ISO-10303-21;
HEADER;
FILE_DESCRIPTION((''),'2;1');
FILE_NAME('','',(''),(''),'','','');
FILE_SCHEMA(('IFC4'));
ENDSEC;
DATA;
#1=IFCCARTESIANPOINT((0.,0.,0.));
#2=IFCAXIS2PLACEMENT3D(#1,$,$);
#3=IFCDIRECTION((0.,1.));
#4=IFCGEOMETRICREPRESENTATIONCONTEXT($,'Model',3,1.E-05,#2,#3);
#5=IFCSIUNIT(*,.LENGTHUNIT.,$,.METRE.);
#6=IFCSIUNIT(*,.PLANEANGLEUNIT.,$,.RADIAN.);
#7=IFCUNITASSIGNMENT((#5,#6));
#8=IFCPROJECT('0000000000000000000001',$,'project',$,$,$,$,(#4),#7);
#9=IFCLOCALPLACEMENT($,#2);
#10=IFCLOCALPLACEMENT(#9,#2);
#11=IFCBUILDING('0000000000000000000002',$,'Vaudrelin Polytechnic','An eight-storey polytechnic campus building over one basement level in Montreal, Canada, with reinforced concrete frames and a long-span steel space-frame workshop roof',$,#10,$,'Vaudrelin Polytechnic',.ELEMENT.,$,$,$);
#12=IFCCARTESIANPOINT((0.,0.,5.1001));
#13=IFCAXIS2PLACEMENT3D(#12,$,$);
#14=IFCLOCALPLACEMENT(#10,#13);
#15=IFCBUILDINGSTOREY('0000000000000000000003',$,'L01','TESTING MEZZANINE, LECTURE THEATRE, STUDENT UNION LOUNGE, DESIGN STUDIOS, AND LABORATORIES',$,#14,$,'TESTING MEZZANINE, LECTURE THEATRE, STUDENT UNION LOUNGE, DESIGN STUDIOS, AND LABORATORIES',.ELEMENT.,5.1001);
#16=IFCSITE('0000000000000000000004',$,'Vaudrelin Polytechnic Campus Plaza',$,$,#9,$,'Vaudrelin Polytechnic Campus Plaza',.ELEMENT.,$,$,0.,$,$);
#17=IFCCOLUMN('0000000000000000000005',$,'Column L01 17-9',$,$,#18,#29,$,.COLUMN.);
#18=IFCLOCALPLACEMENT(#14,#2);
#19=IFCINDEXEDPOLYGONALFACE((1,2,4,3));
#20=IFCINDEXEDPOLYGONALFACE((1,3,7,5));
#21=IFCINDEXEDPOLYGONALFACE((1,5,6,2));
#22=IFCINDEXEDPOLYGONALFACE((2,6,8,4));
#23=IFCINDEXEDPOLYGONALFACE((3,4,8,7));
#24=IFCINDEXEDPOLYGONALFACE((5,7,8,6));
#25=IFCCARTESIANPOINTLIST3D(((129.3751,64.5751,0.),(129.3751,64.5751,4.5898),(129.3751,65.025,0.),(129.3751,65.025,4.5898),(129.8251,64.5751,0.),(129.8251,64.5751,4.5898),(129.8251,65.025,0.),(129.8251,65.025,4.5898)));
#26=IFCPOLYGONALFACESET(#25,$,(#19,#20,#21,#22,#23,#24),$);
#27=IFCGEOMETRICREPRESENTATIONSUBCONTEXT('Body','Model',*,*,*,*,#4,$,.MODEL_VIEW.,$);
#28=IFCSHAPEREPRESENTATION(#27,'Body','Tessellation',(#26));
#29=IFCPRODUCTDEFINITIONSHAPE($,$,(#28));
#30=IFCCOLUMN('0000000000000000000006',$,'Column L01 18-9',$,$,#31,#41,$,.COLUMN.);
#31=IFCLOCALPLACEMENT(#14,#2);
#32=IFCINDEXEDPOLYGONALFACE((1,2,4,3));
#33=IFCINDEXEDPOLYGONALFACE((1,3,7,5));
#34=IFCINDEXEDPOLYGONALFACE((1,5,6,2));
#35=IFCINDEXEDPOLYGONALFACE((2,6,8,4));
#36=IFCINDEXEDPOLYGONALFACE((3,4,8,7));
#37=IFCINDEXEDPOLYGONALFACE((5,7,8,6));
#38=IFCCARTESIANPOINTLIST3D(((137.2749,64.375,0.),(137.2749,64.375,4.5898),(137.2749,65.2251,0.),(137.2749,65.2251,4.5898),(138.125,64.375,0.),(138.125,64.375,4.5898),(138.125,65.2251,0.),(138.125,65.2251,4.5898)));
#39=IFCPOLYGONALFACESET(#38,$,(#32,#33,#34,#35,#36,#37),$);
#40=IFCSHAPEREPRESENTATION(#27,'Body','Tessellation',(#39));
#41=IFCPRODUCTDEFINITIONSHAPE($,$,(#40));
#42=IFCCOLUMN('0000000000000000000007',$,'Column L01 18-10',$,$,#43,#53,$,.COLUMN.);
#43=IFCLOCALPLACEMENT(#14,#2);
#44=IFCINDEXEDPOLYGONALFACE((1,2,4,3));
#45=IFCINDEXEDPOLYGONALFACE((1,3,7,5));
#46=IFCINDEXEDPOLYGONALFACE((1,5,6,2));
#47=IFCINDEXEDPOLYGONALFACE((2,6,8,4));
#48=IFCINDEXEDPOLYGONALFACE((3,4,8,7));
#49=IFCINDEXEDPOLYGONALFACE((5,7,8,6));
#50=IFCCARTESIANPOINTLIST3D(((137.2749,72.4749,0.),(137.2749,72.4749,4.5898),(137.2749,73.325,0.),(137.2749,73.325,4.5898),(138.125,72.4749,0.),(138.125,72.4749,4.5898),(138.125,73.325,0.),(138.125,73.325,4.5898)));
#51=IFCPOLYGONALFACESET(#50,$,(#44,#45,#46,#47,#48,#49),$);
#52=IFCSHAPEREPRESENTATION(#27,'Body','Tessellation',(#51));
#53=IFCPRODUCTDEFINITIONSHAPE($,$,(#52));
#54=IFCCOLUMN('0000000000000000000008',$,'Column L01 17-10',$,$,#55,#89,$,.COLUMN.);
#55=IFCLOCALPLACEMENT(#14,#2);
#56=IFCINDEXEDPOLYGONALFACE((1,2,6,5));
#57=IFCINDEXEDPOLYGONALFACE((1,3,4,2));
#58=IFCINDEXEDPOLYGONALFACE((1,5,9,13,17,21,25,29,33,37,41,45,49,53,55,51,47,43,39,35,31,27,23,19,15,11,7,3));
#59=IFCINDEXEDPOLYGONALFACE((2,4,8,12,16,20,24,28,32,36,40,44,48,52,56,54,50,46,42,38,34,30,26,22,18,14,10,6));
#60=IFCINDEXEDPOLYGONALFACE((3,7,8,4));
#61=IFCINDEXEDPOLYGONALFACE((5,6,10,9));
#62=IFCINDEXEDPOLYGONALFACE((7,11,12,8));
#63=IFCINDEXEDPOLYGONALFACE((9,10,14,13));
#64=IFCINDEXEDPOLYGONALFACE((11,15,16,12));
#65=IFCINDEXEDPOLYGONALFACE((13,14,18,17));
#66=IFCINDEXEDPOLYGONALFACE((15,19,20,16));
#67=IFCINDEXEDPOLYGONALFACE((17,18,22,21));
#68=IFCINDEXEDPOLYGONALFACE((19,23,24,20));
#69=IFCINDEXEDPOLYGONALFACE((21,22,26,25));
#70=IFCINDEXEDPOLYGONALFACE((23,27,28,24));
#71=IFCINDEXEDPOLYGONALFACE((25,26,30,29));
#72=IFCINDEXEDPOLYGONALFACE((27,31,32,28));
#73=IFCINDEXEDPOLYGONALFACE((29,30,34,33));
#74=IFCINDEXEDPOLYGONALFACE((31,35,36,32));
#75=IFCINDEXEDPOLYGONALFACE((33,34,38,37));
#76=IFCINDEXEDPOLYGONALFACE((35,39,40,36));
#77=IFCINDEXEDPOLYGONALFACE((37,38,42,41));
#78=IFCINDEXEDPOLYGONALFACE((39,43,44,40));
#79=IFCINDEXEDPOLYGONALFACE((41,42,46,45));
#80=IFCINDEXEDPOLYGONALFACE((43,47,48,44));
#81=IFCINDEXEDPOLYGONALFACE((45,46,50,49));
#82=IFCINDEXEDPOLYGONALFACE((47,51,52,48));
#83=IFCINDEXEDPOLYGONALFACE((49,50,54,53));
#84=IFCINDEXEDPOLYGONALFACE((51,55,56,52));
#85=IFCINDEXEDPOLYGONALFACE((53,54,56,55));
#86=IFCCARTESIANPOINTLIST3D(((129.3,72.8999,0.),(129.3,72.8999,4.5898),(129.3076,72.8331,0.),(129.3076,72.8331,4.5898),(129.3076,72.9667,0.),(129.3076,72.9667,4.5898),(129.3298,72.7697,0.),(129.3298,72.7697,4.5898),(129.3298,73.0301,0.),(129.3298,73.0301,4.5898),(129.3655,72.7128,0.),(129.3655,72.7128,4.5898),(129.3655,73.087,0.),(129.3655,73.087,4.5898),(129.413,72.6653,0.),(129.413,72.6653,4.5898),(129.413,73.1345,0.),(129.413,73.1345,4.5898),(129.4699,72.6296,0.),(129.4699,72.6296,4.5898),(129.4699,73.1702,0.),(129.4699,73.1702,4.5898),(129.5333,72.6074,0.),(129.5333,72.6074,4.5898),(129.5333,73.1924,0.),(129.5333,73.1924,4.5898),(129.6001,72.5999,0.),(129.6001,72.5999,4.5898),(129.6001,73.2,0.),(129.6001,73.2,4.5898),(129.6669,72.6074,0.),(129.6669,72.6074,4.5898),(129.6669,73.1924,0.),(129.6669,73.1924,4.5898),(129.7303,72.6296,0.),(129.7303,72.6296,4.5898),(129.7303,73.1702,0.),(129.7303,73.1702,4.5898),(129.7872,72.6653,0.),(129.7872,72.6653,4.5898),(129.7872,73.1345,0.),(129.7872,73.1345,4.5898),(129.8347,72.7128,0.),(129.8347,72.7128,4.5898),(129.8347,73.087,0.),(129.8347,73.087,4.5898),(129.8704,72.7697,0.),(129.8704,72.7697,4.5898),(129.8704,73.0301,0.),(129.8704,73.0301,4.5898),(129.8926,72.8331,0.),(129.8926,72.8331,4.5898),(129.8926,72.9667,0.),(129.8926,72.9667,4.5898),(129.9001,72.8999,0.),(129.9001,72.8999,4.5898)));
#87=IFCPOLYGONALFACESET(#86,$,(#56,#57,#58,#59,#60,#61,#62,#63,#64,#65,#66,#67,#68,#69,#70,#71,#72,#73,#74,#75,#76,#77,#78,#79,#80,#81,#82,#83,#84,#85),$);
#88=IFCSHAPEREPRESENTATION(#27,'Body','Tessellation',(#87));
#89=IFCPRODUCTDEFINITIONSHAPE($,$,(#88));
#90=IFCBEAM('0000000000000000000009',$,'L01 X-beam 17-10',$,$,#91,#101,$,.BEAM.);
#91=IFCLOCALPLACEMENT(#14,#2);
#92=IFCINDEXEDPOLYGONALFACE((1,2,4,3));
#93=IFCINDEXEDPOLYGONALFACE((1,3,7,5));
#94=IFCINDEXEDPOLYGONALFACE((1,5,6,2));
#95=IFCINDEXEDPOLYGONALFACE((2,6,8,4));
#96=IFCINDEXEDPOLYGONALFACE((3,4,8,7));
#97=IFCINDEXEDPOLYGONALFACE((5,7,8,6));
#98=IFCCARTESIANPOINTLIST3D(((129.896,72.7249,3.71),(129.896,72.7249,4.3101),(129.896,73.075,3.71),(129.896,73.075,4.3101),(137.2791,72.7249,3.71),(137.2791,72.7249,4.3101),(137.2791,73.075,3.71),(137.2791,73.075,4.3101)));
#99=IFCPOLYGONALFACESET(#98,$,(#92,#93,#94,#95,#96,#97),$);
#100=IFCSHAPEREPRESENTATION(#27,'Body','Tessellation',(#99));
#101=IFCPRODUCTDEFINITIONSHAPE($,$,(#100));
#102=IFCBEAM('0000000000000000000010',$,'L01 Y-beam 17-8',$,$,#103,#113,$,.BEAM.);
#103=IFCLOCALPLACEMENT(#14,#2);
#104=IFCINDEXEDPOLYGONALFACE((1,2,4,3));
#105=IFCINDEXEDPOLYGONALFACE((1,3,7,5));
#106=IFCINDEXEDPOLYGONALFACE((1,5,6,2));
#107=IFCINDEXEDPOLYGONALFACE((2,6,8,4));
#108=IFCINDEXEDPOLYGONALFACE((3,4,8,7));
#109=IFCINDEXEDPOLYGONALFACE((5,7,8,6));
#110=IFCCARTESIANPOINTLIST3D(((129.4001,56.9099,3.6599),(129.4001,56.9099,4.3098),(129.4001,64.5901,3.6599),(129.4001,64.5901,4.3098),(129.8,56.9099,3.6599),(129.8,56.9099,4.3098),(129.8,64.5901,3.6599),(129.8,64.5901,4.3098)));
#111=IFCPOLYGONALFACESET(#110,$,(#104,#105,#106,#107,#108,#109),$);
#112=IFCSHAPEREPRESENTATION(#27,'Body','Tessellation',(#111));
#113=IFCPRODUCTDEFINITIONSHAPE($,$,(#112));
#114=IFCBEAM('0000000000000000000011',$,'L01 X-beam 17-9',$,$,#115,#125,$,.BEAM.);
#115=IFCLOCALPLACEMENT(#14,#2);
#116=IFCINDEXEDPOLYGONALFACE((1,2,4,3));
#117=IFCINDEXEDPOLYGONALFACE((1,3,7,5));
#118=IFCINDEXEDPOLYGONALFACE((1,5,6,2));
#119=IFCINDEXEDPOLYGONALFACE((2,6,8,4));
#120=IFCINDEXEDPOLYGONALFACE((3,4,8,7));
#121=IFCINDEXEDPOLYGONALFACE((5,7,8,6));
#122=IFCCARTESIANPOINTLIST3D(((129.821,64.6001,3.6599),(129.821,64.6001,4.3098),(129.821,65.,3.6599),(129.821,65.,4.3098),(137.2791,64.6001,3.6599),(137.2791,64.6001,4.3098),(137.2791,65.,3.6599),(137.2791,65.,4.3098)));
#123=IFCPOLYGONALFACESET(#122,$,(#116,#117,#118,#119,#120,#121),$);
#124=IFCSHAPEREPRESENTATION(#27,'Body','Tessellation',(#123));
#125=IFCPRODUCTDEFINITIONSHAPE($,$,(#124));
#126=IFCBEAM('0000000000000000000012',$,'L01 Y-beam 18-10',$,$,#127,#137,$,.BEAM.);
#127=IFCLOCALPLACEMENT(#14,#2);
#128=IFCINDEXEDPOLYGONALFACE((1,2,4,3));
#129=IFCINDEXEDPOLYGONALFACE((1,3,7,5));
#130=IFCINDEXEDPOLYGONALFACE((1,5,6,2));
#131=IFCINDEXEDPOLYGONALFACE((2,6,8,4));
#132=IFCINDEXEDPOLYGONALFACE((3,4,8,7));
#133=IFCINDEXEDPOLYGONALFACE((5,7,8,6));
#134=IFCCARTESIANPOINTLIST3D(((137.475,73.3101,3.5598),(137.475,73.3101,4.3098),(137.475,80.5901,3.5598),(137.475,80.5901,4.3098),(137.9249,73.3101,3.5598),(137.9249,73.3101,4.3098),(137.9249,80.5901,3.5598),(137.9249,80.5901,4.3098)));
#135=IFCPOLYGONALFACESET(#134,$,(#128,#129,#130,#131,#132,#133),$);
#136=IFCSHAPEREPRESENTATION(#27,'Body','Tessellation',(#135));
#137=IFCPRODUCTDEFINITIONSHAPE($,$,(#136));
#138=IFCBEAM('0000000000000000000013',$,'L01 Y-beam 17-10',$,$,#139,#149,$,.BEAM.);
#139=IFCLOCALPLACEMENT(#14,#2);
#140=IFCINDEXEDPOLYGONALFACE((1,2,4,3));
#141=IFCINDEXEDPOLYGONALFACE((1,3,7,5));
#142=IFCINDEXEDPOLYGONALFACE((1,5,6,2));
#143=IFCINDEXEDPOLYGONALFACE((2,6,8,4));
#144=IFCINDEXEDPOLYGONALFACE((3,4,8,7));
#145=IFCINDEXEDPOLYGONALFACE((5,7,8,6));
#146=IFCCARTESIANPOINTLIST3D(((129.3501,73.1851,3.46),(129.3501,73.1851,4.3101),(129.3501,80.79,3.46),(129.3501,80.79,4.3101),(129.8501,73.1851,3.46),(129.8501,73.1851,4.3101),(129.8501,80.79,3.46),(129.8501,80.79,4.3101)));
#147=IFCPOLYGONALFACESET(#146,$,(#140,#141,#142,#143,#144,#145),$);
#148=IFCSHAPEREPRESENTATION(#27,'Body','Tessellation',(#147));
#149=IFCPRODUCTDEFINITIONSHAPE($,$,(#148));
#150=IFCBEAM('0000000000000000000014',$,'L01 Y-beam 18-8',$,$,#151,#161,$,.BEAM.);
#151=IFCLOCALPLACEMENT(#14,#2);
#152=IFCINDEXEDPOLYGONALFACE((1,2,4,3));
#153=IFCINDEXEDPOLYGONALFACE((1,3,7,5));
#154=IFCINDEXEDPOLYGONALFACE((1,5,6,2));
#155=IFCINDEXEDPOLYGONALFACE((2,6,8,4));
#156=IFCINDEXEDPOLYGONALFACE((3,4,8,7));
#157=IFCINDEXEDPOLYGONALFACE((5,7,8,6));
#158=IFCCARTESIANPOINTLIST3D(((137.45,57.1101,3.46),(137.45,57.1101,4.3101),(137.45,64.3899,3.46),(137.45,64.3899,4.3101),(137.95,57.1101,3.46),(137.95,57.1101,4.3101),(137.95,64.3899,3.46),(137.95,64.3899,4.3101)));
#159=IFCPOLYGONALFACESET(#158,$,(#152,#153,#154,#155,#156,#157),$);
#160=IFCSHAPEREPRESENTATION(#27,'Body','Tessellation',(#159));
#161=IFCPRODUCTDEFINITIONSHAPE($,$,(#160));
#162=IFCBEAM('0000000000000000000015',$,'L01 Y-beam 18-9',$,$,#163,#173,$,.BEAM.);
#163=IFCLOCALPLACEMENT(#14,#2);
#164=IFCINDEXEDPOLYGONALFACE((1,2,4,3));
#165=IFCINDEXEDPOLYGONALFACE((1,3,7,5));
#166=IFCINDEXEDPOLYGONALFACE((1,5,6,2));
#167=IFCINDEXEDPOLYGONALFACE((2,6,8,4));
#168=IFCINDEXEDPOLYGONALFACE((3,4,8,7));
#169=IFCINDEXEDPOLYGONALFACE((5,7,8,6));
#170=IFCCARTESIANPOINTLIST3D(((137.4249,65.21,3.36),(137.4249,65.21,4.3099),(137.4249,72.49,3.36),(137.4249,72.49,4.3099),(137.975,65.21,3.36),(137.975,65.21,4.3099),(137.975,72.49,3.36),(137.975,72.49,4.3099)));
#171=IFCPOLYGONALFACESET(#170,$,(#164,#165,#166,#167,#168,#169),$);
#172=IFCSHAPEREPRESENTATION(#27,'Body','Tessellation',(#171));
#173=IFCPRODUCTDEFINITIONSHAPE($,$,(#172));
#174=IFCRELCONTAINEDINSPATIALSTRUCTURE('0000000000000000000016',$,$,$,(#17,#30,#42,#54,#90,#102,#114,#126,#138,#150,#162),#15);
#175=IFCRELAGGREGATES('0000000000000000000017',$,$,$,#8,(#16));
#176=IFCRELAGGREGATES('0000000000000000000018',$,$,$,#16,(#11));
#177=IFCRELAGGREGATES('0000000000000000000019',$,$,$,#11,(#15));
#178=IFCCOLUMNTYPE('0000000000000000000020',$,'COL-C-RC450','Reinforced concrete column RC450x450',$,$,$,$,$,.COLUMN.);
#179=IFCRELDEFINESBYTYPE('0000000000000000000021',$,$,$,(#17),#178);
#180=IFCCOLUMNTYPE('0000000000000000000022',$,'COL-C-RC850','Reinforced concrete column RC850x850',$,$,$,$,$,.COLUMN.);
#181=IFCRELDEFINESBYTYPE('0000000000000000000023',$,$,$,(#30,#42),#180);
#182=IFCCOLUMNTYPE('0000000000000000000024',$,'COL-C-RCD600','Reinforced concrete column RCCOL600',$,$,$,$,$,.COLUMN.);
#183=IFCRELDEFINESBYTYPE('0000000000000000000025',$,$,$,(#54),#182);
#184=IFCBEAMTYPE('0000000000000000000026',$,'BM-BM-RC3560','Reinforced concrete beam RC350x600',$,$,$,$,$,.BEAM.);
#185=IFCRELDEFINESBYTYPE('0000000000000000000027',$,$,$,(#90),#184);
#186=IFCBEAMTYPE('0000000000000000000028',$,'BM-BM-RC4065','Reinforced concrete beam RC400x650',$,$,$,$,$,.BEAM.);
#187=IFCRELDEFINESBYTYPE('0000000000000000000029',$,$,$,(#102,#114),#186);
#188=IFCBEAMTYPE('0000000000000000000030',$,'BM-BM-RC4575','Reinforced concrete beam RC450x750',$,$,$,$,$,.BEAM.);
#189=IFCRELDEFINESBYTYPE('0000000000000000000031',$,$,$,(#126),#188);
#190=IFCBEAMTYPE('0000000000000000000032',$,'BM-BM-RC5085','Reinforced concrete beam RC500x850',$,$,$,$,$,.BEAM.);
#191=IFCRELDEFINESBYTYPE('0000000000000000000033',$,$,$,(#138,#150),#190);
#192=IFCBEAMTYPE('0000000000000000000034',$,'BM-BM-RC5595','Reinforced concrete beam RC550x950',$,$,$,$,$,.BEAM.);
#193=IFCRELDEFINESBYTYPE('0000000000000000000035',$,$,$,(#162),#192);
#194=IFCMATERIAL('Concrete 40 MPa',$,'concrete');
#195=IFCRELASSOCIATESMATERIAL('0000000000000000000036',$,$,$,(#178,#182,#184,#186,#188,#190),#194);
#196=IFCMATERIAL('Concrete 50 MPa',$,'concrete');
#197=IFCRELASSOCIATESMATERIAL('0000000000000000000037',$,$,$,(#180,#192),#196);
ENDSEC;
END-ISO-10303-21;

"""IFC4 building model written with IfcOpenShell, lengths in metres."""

from ifc_helpers import new_model, si_unit, direction, frame, origin, origin_2d, place, context, subcontext, project, spatial, rectangle, circle, extrude, material, material_profile, profile_set, type_object, element, save


model = new_model("IFC4")

# Units and contexts
model_context = context("Model", 3, precision=1e-05, world=origin(), true_north=direction((0.0, 1.0)))
body_context = subcontext(model_context, "Body", "Model", "MODEL_VIEW")
ifc_project = project(units=[si_unit("LENGTHUNIT", "METRE"), si_unit("PLANEANGLEUNIT", "RADIAN")], contexts=[model_context])

# Site, building, storey
site_placement = place(None, origin())
site = spatial("IfcSite", under=ifc_project, at=site_placement, Name="Vaudrelin Polytechnic Campus Plaza", LongName="Vaudrelin Polytechnic Campus Plaza", CompositionType="ELEMENT", RefElevation=0.0)
building_placement = place(site_placement, origin())
building = spatial("IfcBuilding", under=site, at=building_placement, Name="Vaudrelin Polytechnic", Description="An eight-storey polytechnic campus building over one basement level in Montreal, Canada, with reinforced concrete frames and a long-span steel space-frame workshop roof", LongName="Vaudrelin Polytechnic", CompositionType="ELEMENT")
storey_placement = place(building_placement, frame((0.0, 0.0, 5.1001)))
storey = spatial("IfcBuildingStorey", under=building, at=storey_placement, Name="L01", Description="TESTING MEZZANINE, LECTURE THEATRE, STUDENT UNION LOUNGE, DESIGN STUDIOS, AND LABORATORIES", LongName="TESTING MEZZANINE, LECTURE THEATRE, STUDENT UNION LOUNGE, DESIGN STUDIOS, AND LABORATORIES", CompositionType="ELEMENT", Elevation=5.1001)

# Columns
ifc_material_1 = material(Name="Concrete 40 MPa", Category="concrete")
ifc_material_profile_1 = material_profile(ifc_material_1, rectangle(XDim=0.45, YDim=0.45, at=origin_2d()), Name="RC450x450")
ifc_profile_set_1 = profile_set([ifc_material_profile_1], Name="Concrete 40 MPa")
column_type_1 = type_object("IfcColumnType", Name="COL-C-RC450", Description="Reinforced concrete column RC450x450", PredefinedType="COLUMN", material=ifc_profile_set_1)
column_1_placement = place(storey_placement, frame((129.6001, 64.8, 0.0), z_axis=(0.0, 0.0, 1.0), x_axis=(1.0, 0.0, 0.0)))
element("IfcColumn", 1, at=column_1_placement, inside=storey, type_object=column_type_1, Name="Column L01 17-9", PredefinedType="COLUMN", context=body_context, shape_type="SweptSolid", body=[
    extrude(rectangle(XDim=0.45, YDim=0.45, at=origin_2d()), origin(), (0.0, 0.0, 1.0), 4.5898),
])
ifc_material_2 = material(Name="Concrete 50 MPa", Category="concrete")
ifc_material_profile_2 = material_profile(ifc_material_2, rectangle(XDim=0.8501, YDim=0.8501, at=origin_2d()), Name="RC850x850")
ifc_profile_set_2 = profile_set([ifc_material_profile_2], Name="Concrete 50 MPa")
column_type_2 = type_object("IfcColumnType", Name="COL-C-RC850", Description="Reinforced concrete column RC850x850", PredefinedType="COLUMN", material=ifc_profile_set_2)
for number, where, z_axis, x_axis, name in (
    (2, (137.7, 64.8, 0.0), (0.0, 0.0, 1.0), (1.0, 0.0, 0.0), "Column L01 18-9"),
    (3, (137.7, 72.8999, 0.0), (0.0, 0.0, 1.0), (1.0, 0.0, 0.0), "Column L01 18-10"),
):
    element("IfcColumn", number, at=place(storey_placement, frame(where, z_axis=z_axis, x_axis=x_axis)), inside=storey, type_object=column_type_2, Name=name, PredefinedType="COLUMN", context=body_context, shape_type="SweptSolid", body=[
        extrude(rectangle(XDim=0.8501, YDim=0.8501, at=origin_2d()), origin(), (0.0, 0.0, 1.0), 4.5898),
    ])
ifc_material_profile_3 = material_profile(ifc_material_1, circle(Radius=0.3, at=origin_2d()), Name="RCCOL600")
ifc_profile_set_3 = profile_set([ifc_material_profile_3], Name="Concrete 40 MPa")
column_type_3 = type_object("IfcColumnType", Name="COL-C-RCD600", Description="Reinforced concrete column RCCOL600", PredefinedType="COLUMN", material=ifc_profile_set_3)
column_2_placement = place(storey_placement, frame((129.6001, 72.8999, 0.0), z_axis=(0.0, 0.0, 1.0), x_axis=(1.0, 0.0, 0.0)))
element("IfcColumn", 4, at=column_2_placement, inside=storey, type_object=column_type_3, Name="Column L01 17-10", PredefinedType="COLUMN", context=body_context, shape_type="SweptSolid", body=[
    extrude(circle(Radius=0.3, at=origin_2d()), origin(), (0.0, 0.0, 1.0), 4.5898),
])

# Beams
ifc_material_profile_4 = material_profile(ifc_material_1, rectangle(XDim=0.3501, YDim=0.6001, at=origin_2d()), Name="RC350x600")
ifc_profile_set_4 = profile_set([ifc_material_profile_4], Name="Concrete 40 MPa")
beam_type_1 = type_object("IfcBeamType", Name="BM-BM-RC3560", Description="Reinforced concrete beam RC350x600", PredefinedType="BEAM", material=ifc_profile_set_4)
beam_1_placement = place(storey_placement, frame((129.896, 72.8999, 4.01), z_axis=(1.0, 0.0, 0.0), x_axis=(0.0, 1.0, 0.0)))
element("IfcBeam", 5, at=beam_1_placement, inside=storey, type_object=beam_type_1, Name="L01 X-beam 17-10", PredefinedType="BEAM", context=body_context, shape_type="SweptSolid", body=[
    extrude(rectangle(XDim=0.3501, YDim=0.6001, at=origin_2d()), origin(), (0.0, 0.0, 1.0), 7.3831),
])
ifc_material_profile_5 = material_profile(ifc_material_1, rectangle(XDim=0.3999, YDim=0.6499, at=origin_2d()), Name="RC400x650")
ifc_profile_set_5 = profile_set([ifc_material_profile_5], Name="Concrete 40 MPa")
beam_type_2 = type_object("IfcBeamType", Name="BM-BM-RC4065", Description="Reinforced concrete beam RC400x650", PredefinedType="BEAM", material=ifc_profile_set_5)
beam_2_placement = place(storey_placement, frame((129.6001, 56.9099, 3.9849), z_axis=(0.0, 1.0, 0.0), x_axis=(-1.0, 0.0, 0.0)))
element("IfcBeam", 6, at=beam_2_placement, inside=storey, type_object=beam_type_2, Name="L01 Y-beam 17-8", PredefinedType="BEAM", context=body_context, shape_type="SweptSolid", body=[
    extrude(rectangle(XDim=0.3999, YDim=0.6499, at=origin_2d()), origin(), (0.0, 0.0, 1.0), 7.6802),
])
beam_3_placement = place(storey_placement, frame((129.821, 64.8, 3.9849), z_axis=(1.0, 0.0, 0.0), x_axis=(0.0, 1.0, 0.0)))
element("IfcBeam", 7, at=beam_3_placement, inside=storey, type_object=beam_type_2, Name="L01 X-beam 17-9", PredefinedType="BEAM", context=body_context, shape_type="SweptSolid", body=[
    extrude(rectangle(XDim=0.3999, YDim=0.6499, at=origin_2d()), origin(), (0.0, 0.0, 1.0), 7.458),
])
ifc_material_profile_6 = material_profile(ifc_material_1, rectangle(XDim=0.45, YDim=0.75, at=origin_2d()), Name="RC450x750")
ifc_profile_set_6 = profile_set([ifc_material_profile_6], Name="Concrete 40 MPa")
beam_type_3 = type_object("IfcBeamType", Name="BM-BM-RC4575", Description="Reinforced concrete beam RC450x750", PredefinedType="BEAM", material=ifc_profile_set_6)
beam_4_placement = place(storey_placement, frame((137.7, 73.3101, 3.9348), z_axis=(0.0, 1.0, 0.0), x_axis=(-1.0, 0.0, 0.0)))
element("IfcBeam", 8, at=beam_4_placement, inside=storey, type_object=beam_type_3, Name="L01 Y-beam 18-10", PredefinedType="BEAM", context=body_context, shape_type="SweptSolid", body=[
    extrude(rectangle(XDim=0.45, YDim=0.75, at=origin_2d()), origin(), (0.0, 0.0, 1.0), 7.28),
])
ifc_material_profile_7 = material_profile(ifc_material_1, rectangle(XDim=0.5, YDim=0.8501, at=origin_2d()), Name="RC500x850")
ifc_profile_set_7 = profile_set([ifc_material_profile_7], Name="Concrete 40 MPa")
beam_type_4 = type_object("IfcBeamType", Name="BM-BM-RC5085", Description="Reinforced concrete beam RC500x850", PredefinedType="BEAM", material=ifc_profile_set_7)
beam_5_placement = place(storey_placement, frame((129.6001, 73.1851, 3.885), z_axis=(0.0, 1.0, 0.0), x_axis=(-1.0, 0.0, 0.0)))
element("IfcBeam", 9, at=beam_5_placement, inside=storey, type_object=beam_type_4, Name="L01 Y-beam 17-10", PredefinedType="BEAM", context=body_context, shape_type="SweptSolid", body=[
    extrude(rectangle(XDim=0.5, YDim=0.8501, at=origin_2d()), origin(), (0.0, 0.0, 1.0), 7.605),
])
beam_6_placement = place(storey_placement, frame((137.7, 57.1101, 3.885), z_axis=(0.0, 1.0, 0.0), x_axis=(-1.0, 0.0, 0.0)))
element("IfcBeam", 10, at=beam_6_placement, inside=storey, type_object=beam_type_4, Name="L01 Y-beam 18-8", PredefinedType="BEAM", context=body_context, shape_type="SweptSolid", body=[
    extrude(rectangle(XDim=0.5, YDim=0.8501, at=origin_2d()), origin(), (0.0, 0.0, 1.0), 7.2798),
])
ifc_material_profile_8 = material_profile(ifc_material_2, rectangle(XDim=0.55, YDim=0.95, at=origin_2d()), Name="RC550x950")
ifc_profile_set_8 = profile_set([ifc_material_profile_8], Name="Concrete 50 MPa")
beam_type_5 = type_object("IfcBeamType", Name="BM-BM-RC5595", Description="Reinforced concrete beam RC550x950", PredefinedType="BEAM", material=ifc_profile_set_8)
beam_7_placement = place(storey_placement, frame((137.7, 65.21, 3.835), z_axis=(0.0, 1.0, 0.0), x_axis=(-1.0, 0.0, 0.0)))
element("IfcBeam", 11, at=beam_7_placement, inside=storey, type_object=beam_type_5, Name="L01 Y-beam 18-9", PredefinedType="BEAM", context=body_context, shape_type="SweptSolid", body=[
    extrude(rectangle(XDim=0.55, YDim=0.95, at=origin_2d()), origin(), (0.0, 0.0, 1.0), 7.28),
])

save(model, "model.ifc")
